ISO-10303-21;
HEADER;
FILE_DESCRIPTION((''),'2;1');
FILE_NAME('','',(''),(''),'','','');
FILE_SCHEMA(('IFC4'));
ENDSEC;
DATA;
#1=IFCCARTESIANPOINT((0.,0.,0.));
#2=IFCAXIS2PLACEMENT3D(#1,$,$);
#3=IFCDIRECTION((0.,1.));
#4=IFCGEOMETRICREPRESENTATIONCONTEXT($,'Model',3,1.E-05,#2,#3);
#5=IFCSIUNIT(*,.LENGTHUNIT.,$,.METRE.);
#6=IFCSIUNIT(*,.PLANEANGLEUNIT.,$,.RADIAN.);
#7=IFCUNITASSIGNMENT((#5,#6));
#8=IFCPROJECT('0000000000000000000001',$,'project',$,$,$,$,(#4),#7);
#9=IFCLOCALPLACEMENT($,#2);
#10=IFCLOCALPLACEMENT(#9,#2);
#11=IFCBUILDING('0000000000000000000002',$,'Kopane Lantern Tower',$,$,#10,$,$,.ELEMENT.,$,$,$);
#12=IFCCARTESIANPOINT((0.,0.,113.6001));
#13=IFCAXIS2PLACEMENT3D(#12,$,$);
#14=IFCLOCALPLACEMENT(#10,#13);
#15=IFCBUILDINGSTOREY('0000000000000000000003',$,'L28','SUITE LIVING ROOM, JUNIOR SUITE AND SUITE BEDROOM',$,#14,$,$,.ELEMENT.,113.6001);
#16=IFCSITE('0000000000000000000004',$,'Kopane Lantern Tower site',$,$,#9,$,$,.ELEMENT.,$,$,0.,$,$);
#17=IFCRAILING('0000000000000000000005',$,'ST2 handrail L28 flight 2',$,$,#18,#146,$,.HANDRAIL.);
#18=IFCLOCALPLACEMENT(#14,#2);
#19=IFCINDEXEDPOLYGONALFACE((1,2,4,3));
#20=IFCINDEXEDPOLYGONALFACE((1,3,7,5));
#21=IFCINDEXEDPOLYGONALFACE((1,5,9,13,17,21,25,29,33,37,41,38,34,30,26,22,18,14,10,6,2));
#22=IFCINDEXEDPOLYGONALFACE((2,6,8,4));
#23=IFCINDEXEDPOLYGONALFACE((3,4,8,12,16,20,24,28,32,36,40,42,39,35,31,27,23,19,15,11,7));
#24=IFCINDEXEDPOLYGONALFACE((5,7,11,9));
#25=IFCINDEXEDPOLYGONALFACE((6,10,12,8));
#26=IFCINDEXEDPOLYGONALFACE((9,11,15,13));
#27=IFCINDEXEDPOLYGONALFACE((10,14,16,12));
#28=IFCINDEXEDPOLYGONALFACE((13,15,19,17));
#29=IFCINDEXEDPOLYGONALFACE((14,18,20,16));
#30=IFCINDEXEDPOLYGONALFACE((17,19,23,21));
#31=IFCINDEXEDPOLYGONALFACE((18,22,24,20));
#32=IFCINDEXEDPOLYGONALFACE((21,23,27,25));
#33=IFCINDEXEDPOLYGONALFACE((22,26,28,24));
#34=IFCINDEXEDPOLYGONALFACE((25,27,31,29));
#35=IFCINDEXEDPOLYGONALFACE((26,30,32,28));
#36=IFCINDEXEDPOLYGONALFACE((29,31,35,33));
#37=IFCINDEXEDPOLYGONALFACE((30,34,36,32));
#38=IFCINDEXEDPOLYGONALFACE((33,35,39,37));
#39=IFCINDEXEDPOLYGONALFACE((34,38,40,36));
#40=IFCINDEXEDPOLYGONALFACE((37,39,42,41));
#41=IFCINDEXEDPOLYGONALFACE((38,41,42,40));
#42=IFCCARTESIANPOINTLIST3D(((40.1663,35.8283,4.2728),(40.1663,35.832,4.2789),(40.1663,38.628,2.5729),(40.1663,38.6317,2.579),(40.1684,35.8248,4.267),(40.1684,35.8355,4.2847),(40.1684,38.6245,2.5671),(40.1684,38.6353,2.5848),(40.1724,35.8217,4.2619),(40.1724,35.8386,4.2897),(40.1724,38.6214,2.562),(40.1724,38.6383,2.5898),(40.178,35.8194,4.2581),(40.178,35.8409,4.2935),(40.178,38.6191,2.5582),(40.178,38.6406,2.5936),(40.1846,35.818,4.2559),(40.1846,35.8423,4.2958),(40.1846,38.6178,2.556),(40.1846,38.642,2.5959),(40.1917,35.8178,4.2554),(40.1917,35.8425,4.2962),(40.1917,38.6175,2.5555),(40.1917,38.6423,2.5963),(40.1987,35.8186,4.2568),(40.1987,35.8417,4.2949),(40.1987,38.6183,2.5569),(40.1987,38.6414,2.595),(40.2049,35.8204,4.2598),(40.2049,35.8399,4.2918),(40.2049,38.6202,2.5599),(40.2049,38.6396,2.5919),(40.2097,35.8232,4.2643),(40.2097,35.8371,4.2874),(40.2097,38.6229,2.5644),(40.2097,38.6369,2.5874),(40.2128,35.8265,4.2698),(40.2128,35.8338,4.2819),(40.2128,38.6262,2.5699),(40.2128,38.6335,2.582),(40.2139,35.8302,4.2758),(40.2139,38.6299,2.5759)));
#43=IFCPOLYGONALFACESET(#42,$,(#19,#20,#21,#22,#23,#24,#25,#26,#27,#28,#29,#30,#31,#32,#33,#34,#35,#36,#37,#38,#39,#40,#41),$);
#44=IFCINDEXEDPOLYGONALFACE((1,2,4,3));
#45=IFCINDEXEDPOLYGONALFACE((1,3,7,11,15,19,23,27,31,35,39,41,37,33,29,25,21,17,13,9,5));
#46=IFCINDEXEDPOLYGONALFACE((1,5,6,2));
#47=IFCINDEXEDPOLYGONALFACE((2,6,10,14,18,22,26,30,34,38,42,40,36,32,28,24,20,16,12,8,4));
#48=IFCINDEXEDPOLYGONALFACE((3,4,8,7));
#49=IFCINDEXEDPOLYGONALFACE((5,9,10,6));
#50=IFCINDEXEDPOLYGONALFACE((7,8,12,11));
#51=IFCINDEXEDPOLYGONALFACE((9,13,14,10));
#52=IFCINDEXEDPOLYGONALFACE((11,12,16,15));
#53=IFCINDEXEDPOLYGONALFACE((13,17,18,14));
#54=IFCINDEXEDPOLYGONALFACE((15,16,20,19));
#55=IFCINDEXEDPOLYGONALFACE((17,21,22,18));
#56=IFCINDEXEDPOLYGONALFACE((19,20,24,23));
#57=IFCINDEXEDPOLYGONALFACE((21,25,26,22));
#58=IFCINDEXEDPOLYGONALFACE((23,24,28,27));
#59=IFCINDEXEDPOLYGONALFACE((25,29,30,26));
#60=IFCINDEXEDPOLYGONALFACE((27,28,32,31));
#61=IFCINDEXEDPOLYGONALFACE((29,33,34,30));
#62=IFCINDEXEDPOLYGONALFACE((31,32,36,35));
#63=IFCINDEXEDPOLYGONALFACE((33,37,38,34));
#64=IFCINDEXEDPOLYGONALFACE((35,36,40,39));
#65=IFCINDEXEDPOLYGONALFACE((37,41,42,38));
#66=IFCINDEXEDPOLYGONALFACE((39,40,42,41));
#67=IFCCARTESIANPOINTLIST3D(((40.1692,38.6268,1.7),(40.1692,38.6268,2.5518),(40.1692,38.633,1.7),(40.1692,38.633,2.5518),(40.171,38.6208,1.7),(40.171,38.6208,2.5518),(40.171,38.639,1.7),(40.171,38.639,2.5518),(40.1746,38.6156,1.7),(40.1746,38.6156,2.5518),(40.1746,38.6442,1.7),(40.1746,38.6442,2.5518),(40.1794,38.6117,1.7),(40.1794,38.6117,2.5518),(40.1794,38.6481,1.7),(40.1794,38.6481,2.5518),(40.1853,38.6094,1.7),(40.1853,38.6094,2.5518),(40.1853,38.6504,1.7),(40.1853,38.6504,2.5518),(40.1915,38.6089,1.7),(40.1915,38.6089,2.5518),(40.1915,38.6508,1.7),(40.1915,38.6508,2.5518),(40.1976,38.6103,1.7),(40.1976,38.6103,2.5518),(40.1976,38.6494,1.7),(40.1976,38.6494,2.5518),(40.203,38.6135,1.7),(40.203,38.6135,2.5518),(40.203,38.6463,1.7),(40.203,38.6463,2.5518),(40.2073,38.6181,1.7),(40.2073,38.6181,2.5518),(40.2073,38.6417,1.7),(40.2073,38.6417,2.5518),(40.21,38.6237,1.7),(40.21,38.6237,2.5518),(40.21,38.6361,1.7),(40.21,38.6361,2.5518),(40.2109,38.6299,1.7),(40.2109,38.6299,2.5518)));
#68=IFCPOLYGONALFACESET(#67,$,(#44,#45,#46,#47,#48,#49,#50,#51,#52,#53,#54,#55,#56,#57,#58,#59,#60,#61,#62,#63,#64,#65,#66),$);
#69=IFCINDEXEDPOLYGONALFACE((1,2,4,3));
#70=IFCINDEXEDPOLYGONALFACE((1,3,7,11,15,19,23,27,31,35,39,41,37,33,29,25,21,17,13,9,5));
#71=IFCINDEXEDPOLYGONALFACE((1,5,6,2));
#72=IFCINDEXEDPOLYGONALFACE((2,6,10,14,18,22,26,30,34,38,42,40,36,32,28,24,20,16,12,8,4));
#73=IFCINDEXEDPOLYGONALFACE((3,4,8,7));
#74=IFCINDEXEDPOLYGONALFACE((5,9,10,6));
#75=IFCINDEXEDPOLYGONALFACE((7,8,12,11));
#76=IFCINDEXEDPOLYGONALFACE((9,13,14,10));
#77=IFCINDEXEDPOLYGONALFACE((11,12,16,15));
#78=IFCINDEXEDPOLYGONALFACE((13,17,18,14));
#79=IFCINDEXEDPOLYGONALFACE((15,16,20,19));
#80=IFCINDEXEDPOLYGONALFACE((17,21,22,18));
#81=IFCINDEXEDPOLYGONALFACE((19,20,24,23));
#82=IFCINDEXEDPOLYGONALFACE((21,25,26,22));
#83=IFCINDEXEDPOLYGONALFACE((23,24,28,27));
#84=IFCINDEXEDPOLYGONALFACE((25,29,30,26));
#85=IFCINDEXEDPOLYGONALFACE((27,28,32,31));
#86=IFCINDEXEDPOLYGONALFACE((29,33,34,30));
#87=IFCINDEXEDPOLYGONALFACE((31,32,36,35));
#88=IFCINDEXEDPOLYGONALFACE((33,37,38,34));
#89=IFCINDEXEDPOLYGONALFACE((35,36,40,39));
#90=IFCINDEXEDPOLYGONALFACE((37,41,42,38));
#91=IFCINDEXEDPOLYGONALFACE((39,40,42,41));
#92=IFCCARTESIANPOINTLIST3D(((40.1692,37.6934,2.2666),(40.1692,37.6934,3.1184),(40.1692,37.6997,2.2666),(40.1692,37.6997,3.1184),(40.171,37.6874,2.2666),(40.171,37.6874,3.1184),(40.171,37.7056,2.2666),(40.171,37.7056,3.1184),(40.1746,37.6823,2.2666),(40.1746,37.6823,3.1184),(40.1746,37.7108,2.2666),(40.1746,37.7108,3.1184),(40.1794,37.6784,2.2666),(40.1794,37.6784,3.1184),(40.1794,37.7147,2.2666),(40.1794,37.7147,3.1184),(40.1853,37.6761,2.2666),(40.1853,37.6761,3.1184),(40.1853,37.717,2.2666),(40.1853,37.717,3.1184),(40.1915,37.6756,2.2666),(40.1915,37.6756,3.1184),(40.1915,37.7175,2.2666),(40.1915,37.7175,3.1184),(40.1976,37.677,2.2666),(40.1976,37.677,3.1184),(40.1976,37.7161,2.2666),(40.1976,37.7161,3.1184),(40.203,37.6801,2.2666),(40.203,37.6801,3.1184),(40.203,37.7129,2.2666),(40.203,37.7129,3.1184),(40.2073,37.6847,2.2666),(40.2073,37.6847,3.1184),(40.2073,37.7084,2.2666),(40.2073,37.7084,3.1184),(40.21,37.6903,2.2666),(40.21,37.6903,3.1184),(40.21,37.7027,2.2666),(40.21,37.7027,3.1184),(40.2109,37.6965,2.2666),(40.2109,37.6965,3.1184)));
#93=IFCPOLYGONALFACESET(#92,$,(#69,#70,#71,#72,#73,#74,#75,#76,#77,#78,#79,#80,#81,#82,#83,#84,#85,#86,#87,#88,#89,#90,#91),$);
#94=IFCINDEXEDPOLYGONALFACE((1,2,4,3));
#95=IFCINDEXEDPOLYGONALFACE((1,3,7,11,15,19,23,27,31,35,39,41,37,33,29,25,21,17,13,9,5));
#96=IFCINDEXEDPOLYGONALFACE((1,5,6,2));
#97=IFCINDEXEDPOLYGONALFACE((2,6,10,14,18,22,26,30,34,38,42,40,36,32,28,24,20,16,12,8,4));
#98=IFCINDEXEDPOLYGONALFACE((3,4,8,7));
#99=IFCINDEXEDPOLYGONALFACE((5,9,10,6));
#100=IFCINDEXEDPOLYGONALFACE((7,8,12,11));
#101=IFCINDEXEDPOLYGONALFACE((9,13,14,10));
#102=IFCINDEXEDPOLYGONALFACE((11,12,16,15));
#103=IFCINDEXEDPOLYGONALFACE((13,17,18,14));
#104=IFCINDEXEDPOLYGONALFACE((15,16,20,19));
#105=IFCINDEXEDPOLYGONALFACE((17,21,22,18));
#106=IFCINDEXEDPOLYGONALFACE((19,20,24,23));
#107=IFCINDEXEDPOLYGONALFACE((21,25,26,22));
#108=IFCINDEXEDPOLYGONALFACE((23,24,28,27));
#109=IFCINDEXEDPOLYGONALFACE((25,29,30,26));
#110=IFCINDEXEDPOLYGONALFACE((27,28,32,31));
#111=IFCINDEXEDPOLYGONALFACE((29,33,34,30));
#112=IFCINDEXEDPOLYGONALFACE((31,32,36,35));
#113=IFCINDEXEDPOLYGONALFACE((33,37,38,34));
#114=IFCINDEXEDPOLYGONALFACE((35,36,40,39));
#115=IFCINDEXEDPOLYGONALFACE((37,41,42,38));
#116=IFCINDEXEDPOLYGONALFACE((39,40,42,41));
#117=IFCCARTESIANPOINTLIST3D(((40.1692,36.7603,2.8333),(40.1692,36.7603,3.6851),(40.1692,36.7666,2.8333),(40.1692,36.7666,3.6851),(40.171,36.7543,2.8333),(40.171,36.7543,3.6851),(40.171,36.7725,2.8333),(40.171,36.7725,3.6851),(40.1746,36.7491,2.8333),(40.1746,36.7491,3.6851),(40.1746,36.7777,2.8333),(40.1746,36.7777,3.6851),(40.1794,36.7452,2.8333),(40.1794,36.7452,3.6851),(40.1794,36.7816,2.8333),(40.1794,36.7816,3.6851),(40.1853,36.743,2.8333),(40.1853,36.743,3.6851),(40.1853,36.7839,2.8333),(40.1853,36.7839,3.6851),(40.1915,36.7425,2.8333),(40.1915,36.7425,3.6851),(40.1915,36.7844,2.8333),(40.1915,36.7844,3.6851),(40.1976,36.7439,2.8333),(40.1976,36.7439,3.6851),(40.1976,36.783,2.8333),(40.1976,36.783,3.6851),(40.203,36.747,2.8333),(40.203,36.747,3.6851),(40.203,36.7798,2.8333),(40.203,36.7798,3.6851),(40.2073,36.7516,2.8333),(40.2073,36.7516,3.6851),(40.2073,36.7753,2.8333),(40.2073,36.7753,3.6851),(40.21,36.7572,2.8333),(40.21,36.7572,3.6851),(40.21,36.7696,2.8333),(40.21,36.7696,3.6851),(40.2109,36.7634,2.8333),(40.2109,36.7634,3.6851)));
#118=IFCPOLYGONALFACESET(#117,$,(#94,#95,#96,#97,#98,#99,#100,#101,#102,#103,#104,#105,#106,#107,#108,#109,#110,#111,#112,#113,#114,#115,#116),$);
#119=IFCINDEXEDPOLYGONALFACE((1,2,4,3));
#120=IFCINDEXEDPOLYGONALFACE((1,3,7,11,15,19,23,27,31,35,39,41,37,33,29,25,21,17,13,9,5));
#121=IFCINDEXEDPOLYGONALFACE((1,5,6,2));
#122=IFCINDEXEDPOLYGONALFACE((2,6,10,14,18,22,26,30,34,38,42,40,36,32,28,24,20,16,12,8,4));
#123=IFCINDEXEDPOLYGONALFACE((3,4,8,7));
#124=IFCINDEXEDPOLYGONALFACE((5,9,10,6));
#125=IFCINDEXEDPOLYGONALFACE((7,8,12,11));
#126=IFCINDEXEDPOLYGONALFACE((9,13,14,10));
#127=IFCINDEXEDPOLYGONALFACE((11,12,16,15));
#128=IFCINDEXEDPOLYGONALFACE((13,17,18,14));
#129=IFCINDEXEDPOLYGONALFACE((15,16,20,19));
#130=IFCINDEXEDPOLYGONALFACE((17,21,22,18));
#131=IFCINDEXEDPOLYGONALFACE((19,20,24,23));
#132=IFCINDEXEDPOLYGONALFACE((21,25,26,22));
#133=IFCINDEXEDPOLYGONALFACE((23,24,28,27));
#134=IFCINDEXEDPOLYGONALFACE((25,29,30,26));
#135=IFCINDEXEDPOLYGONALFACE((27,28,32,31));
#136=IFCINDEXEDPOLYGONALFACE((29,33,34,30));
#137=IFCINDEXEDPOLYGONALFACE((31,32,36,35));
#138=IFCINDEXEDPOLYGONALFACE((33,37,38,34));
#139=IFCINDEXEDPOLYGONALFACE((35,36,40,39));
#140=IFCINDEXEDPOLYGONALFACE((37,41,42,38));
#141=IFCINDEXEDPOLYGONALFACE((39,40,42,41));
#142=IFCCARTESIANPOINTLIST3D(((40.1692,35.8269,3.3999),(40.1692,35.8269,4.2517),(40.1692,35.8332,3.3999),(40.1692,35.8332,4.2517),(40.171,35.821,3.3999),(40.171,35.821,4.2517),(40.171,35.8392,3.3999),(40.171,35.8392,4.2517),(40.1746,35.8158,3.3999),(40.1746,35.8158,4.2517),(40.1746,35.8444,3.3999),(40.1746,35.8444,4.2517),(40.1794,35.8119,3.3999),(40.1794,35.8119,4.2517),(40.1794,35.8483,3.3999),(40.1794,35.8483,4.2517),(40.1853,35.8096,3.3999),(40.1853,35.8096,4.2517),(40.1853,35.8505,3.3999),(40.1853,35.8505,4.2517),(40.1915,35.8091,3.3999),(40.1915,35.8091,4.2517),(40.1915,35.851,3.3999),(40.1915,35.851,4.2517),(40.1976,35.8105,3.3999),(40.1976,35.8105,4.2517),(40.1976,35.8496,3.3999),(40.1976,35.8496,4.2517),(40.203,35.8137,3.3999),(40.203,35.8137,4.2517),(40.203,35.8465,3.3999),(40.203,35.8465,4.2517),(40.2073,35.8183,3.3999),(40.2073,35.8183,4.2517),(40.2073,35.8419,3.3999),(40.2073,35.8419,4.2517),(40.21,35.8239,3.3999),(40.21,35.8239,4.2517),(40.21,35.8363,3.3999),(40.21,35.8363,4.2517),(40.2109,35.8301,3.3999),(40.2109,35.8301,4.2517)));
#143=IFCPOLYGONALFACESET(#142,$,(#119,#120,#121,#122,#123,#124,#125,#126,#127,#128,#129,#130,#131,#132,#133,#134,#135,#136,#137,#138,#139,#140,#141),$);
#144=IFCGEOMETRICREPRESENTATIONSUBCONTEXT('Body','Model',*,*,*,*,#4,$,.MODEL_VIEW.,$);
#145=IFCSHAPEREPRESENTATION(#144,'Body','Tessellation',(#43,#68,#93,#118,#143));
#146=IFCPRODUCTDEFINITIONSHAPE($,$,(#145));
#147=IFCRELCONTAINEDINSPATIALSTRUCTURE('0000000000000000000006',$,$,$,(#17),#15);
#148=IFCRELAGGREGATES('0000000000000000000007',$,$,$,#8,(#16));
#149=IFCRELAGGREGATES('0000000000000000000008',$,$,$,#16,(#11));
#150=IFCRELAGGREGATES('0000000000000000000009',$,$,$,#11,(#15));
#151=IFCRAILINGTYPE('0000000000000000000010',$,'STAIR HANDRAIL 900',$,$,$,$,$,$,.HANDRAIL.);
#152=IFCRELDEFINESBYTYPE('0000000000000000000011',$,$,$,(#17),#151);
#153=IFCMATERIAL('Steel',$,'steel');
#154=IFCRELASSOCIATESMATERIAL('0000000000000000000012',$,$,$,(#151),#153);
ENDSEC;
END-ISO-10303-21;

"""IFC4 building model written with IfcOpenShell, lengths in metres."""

from ifc_helpers import new_model, si_unit, direction, frame, origin, origin_2d, place, context, subcontext, project, spatial, circle, extrude, material, type_object, element, save


model = new_model("IFC4")

# Units and contexts
model_context = context("Model", 3, precision=1e-05, world=origin(), true_north=direction((0.0, 1.0)))
body_context = subcontext(model_context, "Body", "Model", "MODEL_VIEW")
ifc_project = project(units=[si_unit("LENGTHUNIT", "METRE"), si_unit("PLANEANGLEUNIT", "RADIAN")], contexts=[model_context])

# Site, building, storey
site_placement = place(None, origin())
site = spatial("IfcSite", under=ifc_project, at=site_placement, Name="Kopane Lantern Tower site", CompositionType="ELEMENT", RefElevation=0.0)
building_placement = place(site_placement, origin())
building = spatial("IfcBuilding", under=site, at=building_placement, Name="Kopane Lantern Tower", CompositionType="ELEMENT")
storey_placement = place(building_placement, frame((0.0, 0.0, 113.6001)))
storey = spatial("IfcBuildingStorey", under=building, at=storey_placement, Name="L28", Description="SUITE LIVING ROOM, JUNIOR SUITE AND SUITE BEDROOM", CompositionType="ELEMENT", Elevation=113.6001)

# Railing
ifc_material_1 = material(Name="Steel", Category="steel")
railing_type_1 = type_object("IfcRailingType", Name="STAIR HANDRAIL 900", PredefinedType="HANDRAIL", material=ifc_material_1)
for number, where, name in (
    (1, (40.1899, 38.6299, 1.7), "ST2 handrail L28 flight 2"),
):
    element("IfcRailing", number, at=place(storey_placement, frame(where)), inside=storey, type_object=railing_type_1, Name=name, PredefinedType="HANDRAIL", context=body_context, shape_type="SweptSolid", body=[
        extrude(circle(Radius=0.0239, at=origin_2d()), frame((0.0, 0.0, 0.876), z_axis=(0.0, -0.854778, 0.518994), x_axis=(1.0, 0.0, 0.0)), (0.0, 0.0, 1.0), 3.2754),
        extrude(circle(Radius=0.021, at=origin_2d()), origin(), (0.0, 0.0, 1.0), 0.8518),
        extrude(circle(Radius=0.021, at=origin_2d()), frame((0.0, -0.9333, 0.5667)), (0.0, 0.0, 1.0), 0.8518),
        extrude(circle(Radius=0.021, at=origin_2d()), frame((0.0, -1.8665, 1.1333)), (0.0, 0.0, 1.0), 0.8518),
        extrude(circle(Radius=0.021, at=origin_2d()), frame((0.0, -2.7998, 1.7)), (0.0, 0.0, 1.0), 0.8518),
    ])

save(model, "model.ifc")
